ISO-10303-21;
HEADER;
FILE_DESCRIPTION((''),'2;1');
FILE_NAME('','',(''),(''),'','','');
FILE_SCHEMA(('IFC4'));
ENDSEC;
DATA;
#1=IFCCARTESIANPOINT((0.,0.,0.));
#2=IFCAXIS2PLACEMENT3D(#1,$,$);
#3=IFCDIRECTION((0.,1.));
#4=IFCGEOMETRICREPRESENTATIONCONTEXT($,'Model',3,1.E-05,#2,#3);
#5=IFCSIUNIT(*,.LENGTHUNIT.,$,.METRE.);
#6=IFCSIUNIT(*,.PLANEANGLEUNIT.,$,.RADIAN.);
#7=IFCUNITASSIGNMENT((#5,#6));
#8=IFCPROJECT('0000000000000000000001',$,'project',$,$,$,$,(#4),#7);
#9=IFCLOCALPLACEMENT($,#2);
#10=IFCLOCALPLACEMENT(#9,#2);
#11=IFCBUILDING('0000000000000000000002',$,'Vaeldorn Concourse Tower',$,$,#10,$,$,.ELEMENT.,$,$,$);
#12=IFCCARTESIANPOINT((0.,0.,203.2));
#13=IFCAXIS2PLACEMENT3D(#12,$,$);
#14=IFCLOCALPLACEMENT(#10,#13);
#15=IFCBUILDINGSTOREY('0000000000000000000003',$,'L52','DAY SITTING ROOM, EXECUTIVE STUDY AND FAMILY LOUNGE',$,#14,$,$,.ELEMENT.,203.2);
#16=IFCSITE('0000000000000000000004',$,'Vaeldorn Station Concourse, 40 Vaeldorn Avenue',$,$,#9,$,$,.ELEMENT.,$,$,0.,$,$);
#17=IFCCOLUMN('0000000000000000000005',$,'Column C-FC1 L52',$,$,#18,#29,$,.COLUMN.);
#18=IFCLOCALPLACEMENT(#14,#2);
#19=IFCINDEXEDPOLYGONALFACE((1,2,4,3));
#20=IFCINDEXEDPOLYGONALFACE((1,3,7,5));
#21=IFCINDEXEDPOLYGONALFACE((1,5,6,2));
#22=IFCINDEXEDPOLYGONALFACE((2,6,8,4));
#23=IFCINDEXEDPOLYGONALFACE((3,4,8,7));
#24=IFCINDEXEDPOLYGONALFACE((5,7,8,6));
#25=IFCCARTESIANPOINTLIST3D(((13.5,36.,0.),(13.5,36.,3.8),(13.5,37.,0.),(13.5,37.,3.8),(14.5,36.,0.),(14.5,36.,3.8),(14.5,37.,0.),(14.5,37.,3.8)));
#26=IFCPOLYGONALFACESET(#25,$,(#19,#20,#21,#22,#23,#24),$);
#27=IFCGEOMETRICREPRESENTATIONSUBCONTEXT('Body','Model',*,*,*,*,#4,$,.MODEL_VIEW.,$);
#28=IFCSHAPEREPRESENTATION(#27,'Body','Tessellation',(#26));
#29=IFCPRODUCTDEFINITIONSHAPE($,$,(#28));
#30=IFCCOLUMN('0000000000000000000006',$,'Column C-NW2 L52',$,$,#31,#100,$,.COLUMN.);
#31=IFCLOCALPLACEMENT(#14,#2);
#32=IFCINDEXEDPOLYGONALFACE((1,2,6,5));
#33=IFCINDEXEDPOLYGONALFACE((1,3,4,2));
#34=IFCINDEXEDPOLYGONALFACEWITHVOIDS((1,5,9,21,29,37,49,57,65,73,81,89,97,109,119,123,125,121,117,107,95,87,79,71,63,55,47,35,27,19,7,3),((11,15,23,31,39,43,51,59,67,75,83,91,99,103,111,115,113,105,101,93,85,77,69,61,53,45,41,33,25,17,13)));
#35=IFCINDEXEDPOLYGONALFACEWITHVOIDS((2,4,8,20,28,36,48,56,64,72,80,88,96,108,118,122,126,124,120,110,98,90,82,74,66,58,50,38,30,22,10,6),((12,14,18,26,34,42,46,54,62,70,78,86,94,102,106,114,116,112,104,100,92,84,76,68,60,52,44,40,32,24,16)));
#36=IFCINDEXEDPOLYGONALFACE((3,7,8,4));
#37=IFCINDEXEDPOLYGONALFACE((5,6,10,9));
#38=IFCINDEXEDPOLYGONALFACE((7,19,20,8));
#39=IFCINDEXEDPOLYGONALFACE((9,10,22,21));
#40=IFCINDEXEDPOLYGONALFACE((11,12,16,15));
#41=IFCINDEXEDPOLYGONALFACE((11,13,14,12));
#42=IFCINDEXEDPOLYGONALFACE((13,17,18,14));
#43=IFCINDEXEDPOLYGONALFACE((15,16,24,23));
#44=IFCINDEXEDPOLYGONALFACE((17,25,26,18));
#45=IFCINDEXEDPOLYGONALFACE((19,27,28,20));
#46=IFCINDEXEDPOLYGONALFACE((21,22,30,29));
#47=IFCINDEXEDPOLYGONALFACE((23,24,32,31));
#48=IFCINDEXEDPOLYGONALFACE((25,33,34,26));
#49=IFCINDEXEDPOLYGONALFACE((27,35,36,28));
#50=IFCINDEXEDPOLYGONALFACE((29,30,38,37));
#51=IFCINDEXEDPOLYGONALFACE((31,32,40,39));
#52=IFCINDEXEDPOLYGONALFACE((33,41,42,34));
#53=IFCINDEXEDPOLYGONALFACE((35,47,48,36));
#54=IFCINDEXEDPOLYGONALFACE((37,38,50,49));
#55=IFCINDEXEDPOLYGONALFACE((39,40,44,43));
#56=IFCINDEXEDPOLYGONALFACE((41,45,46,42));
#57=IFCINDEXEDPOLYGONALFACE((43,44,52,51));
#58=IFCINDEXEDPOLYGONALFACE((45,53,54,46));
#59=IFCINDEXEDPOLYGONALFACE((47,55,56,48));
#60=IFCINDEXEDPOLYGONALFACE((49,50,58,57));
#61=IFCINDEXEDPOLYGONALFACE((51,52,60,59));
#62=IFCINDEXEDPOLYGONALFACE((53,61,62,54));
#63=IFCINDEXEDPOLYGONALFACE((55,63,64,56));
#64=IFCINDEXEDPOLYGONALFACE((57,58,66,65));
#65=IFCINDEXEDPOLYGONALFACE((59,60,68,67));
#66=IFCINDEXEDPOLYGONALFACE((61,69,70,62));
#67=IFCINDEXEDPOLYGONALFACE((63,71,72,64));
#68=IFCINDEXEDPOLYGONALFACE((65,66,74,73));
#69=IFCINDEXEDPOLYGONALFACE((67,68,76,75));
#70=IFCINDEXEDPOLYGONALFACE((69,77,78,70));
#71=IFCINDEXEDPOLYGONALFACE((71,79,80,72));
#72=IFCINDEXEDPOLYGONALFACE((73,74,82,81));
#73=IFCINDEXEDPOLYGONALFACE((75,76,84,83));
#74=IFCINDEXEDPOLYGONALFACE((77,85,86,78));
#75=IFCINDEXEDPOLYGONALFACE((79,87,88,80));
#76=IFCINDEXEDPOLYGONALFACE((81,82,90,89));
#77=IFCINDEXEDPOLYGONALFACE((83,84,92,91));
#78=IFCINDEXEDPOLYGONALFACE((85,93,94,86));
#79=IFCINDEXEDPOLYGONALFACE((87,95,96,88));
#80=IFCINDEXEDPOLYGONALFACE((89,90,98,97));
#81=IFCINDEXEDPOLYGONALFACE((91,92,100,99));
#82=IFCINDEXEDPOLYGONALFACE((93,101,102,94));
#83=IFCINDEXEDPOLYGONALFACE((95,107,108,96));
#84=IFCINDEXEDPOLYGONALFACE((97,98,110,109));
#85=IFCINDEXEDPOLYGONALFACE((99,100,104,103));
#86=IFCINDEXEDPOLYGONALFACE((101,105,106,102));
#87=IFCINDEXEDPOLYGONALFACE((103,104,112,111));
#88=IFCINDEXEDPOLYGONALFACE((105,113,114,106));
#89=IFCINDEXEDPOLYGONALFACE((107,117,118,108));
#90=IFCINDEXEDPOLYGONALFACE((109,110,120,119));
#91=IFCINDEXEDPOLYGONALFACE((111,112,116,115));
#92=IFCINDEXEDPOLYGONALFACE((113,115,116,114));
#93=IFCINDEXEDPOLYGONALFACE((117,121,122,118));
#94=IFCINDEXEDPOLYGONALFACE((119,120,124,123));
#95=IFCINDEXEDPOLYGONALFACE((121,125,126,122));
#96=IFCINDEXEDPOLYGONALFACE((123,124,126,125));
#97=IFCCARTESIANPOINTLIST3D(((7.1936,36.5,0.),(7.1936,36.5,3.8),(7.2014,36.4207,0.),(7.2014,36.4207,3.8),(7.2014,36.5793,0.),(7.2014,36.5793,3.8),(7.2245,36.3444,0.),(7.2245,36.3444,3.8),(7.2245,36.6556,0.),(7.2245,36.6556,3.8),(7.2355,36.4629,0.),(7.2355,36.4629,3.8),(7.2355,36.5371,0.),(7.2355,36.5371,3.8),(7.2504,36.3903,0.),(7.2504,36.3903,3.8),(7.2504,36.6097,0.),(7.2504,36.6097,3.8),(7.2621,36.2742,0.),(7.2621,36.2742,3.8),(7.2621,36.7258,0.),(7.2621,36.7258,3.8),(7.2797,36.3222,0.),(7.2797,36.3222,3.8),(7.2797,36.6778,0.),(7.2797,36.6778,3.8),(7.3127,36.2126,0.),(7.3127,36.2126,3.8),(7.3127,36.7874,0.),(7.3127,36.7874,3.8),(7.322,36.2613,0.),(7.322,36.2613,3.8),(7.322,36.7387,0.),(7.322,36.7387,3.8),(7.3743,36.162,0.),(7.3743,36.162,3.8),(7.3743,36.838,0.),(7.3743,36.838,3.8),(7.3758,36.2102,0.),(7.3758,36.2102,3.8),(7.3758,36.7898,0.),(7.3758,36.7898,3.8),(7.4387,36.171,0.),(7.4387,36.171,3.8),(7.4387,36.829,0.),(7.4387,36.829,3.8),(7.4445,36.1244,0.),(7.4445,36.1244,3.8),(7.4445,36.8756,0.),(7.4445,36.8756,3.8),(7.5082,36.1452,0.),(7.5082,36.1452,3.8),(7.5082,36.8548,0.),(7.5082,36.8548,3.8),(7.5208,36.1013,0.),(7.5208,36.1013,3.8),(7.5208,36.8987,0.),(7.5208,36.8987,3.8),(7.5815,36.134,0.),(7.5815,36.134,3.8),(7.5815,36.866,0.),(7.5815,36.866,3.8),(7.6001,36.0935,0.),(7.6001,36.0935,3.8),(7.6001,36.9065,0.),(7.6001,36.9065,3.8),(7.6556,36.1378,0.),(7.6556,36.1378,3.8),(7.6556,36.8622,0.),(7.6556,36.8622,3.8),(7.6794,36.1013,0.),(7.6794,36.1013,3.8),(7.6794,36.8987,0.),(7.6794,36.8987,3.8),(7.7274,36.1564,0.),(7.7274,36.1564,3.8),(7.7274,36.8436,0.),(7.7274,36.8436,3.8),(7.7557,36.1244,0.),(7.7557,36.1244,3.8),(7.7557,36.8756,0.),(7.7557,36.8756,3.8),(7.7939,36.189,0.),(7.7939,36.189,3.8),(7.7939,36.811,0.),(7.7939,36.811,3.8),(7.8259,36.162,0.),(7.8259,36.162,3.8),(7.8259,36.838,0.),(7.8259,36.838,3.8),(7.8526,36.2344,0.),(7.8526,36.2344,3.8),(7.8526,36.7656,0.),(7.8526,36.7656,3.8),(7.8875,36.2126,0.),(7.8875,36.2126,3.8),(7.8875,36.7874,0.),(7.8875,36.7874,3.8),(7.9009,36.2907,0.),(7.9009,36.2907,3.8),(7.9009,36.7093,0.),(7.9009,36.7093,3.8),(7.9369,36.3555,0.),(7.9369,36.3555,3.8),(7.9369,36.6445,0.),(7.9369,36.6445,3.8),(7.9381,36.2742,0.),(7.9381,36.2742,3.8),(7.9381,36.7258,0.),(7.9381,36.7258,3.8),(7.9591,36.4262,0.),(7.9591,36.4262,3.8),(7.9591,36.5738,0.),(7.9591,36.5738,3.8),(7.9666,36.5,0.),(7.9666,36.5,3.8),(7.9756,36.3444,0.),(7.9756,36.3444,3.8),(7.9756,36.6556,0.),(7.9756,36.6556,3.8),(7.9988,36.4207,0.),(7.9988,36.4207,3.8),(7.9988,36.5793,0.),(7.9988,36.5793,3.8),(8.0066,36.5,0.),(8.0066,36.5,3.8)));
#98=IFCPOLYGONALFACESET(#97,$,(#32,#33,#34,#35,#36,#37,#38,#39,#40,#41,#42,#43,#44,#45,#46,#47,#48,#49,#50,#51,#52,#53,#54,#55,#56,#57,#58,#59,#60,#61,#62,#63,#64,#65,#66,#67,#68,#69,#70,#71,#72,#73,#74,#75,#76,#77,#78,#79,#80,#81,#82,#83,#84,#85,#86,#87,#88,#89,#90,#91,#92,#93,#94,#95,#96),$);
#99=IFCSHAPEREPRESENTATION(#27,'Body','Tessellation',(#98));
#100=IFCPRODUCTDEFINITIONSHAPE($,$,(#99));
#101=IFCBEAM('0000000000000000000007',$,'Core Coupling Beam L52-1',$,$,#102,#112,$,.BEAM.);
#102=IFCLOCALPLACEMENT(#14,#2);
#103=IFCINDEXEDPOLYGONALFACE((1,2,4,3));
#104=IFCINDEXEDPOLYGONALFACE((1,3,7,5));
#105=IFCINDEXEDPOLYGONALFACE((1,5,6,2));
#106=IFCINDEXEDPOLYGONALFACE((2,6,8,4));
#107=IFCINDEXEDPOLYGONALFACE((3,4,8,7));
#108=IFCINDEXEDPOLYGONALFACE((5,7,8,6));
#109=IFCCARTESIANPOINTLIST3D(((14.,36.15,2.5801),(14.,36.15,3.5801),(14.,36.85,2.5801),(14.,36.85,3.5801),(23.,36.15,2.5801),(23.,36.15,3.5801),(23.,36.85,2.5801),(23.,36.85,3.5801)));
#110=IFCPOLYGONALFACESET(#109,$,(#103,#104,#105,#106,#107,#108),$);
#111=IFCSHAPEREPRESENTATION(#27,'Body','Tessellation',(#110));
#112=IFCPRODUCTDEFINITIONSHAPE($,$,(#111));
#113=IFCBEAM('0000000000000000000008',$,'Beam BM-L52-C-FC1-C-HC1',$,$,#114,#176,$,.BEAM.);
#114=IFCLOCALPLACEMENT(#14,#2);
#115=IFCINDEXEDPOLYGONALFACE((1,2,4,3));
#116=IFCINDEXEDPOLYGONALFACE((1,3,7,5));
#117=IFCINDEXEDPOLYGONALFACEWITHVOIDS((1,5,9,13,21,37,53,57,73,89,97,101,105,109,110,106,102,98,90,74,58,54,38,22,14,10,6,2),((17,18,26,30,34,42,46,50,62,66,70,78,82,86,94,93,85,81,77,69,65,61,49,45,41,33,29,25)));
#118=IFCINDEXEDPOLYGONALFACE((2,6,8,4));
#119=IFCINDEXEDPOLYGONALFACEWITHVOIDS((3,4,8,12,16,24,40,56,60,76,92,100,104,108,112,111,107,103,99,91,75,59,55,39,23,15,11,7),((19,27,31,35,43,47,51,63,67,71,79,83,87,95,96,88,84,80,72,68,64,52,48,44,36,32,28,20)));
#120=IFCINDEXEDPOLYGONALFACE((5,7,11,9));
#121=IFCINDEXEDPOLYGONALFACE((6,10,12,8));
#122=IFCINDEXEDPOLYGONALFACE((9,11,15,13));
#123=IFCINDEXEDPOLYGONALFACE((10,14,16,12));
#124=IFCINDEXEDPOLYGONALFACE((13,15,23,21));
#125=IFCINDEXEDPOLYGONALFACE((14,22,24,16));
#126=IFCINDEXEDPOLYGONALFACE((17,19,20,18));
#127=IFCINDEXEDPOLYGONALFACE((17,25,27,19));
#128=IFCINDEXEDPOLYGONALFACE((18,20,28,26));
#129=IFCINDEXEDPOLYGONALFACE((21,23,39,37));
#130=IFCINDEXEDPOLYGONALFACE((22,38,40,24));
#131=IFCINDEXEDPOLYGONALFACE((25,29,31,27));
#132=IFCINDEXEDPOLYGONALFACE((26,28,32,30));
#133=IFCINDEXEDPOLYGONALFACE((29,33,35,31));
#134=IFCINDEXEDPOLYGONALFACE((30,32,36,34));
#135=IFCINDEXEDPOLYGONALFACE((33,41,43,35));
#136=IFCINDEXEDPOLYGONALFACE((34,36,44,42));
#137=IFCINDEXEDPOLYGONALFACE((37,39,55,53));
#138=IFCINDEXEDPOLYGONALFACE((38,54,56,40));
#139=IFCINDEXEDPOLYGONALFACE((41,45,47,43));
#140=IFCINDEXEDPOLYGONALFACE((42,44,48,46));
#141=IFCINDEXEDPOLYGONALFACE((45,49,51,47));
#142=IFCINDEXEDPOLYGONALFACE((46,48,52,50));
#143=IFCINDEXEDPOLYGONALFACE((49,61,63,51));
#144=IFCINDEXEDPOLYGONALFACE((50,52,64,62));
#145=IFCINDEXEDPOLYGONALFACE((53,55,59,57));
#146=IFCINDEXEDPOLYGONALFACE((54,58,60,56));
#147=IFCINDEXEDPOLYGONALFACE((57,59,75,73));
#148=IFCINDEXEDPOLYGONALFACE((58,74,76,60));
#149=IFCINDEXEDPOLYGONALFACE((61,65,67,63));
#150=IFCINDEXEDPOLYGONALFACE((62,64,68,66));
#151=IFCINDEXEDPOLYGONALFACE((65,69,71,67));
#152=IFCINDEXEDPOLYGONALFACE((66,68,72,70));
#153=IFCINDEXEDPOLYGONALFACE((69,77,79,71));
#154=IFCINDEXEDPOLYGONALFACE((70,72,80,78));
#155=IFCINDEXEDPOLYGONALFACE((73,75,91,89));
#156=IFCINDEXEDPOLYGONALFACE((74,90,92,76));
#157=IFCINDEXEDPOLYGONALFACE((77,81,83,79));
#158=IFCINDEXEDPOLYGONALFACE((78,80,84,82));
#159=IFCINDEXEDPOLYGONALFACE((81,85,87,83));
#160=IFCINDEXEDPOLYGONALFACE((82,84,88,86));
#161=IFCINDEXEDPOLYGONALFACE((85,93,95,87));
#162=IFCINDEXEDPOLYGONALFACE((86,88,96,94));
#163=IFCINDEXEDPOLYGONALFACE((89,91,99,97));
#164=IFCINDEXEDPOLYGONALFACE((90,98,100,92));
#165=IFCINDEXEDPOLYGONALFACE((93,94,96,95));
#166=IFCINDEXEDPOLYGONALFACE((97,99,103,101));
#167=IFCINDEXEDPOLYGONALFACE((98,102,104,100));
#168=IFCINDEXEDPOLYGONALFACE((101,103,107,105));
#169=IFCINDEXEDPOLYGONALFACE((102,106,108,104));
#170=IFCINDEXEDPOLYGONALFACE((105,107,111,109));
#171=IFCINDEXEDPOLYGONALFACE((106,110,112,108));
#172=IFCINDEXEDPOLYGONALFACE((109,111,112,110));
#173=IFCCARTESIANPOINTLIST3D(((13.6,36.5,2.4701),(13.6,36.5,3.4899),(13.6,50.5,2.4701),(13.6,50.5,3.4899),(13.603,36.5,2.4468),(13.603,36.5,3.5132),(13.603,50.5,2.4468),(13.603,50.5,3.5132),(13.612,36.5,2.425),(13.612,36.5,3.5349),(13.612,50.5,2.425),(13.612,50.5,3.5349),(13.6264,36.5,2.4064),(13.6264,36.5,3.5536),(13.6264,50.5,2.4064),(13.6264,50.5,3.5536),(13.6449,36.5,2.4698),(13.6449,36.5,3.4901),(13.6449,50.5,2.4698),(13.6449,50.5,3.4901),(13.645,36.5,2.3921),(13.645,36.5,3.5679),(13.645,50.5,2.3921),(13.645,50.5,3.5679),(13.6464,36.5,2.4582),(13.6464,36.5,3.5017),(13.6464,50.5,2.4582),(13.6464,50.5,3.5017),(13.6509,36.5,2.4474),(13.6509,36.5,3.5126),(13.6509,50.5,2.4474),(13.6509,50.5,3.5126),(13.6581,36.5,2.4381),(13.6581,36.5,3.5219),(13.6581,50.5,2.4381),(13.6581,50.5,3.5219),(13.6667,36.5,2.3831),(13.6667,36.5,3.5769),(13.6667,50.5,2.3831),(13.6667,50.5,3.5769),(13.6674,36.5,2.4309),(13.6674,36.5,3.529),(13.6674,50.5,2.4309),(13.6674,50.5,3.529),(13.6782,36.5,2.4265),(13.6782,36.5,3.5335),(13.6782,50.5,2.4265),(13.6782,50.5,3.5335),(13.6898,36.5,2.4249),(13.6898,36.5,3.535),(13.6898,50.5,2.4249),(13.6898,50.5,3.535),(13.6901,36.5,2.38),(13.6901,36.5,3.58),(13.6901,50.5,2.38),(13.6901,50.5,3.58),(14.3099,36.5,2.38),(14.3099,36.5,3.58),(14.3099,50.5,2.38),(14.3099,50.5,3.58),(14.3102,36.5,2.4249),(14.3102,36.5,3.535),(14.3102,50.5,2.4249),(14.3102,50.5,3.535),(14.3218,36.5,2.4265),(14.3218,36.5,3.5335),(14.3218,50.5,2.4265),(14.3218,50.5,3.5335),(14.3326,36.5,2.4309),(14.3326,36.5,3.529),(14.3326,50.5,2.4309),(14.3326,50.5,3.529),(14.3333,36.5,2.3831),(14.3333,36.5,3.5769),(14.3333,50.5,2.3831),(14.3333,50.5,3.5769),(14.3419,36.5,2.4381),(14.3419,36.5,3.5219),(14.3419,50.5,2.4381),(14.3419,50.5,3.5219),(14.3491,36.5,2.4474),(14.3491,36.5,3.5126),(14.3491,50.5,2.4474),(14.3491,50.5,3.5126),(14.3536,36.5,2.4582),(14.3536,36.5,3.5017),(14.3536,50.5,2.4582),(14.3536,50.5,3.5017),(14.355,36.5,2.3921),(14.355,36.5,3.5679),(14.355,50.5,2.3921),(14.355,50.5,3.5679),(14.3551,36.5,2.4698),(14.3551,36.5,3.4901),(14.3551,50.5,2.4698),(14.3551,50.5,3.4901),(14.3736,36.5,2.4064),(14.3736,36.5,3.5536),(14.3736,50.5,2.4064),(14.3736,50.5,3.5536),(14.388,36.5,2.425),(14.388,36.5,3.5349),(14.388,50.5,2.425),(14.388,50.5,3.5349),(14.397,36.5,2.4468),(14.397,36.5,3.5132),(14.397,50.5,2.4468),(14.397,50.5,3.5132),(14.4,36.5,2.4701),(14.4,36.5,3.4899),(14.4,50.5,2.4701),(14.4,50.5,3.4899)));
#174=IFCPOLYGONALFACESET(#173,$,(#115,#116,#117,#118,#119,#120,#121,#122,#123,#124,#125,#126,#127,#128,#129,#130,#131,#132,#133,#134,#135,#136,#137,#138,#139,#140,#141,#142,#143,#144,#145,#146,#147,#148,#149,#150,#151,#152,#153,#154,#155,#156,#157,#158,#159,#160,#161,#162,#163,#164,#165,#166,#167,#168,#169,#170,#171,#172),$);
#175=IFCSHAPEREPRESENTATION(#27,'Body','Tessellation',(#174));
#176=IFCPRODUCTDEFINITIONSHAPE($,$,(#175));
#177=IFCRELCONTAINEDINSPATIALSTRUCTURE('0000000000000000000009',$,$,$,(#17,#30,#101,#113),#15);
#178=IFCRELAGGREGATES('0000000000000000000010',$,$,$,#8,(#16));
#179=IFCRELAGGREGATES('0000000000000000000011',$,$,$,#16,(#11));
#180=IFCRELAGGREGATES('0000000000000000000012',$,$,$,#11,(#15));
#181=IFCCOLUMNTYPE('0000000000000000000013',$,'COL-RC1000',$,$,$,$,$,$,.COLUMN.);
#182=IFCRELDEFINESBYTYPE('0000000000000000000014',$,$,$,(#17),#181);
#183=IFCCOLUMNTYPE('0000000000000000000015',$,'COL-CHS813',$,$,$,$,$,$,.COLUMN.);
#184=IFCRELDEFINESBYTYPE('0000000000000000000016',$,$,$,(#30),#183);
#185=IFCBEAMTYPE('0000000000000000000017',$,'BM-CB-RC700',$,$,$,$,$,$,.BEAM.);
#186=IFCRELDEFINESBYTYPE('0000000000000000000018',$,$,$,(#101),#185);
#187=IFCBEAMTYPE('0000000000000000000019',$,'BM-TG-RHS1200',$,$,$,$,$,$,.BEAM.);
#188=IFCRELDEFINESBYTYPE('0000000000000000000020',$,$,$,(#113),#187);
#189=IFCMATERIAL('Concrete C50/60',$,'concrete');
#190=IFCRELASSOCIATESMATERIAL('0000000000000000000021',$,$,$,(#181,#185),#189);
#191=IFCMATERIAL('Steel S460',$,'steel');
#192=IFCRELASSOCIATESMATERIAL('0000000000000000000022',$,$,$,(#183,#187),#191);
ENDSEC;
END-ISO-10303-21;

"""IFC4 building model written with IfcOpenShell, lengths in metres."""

from ifc_helpers import new_model, si_unit, direction, frame, origin, origin_2d, place, context, subcontext, project, spatial, rectangle, hollow_rectangle, hollow_circle, extrude, source, transform, mapped, material, material_profile, profile_set, type_object, element, save


model = new_model("IFC4")

# Units and contexts
model_context = context("Model", 3, precision=1e-05, world=origin(), true_north=direction((0.0, 1.0)))
body_context = subcontext(model_context, "Body", "Model", "MODEL_VIEW")
ifc_project = project(units=[si_unit("LENGTHUNIT", "METRE"), si_unit("PLANEANGLEUNIT", "RADIAN")], contexts=[model_context])

# Site, building, storey
site_placement = place(None, origin())
site = spatial("IfcSite", under=ifc_project, at=site_placement, Name="Vaeldorn Station Concourse, 40 Vaeldorn Avenue", CompositionType="ELEMENT", RefElevation=0.0)
building_placement = place(site_placement, origin())
building = spatial("IfcBuilding", under=site, at=building_placement, Name="Vaeldorn Concourse Tower", CompositionType="ELEMENT")
storey_placement = place(building_placement, frame((0.0, 0.0, 203.2)))
storey = spatial("IfcBuildingStorey", under=building, at=storey_placement, Name="L52", Description="DAY SITTING ROOM, EXECUTIVE STUDY AND FAMILY LOUNGE", CompositionType="ELEMENT", Elevation=203.2)

# Columns
ifc_material_1 = material(Name="Concrete C50/60", Category="concrete")
ifc_material_profile_1 = material_profile(ifc_material_1, rectangle(XDim=1.0, YDim=1.0, at=origin_2d()), Name="RC 1000x1000")
ifc_profile_set_1 = profile_set([ifc_material_profile_1], Name="Concrete C50/60")
column_type_1 = type_object("IfcColumnType", Name="COL-RC1000", PredefinedType="COLUMN", material=ifc_profile_set_1)
shared_shape_1 = source(origin(), body_context, "Body", "SweptSolid", [
    extrude(rectangle(XDim=1.0, YDim=1.0, at=origin_2d()), origin(), (0.0, 0.0, 1.0), 3.8),
])
column_1_placement = place(storey_placement, frame((14.0, 36.5, 0.0), z_axis=(0.0, 0.0, 1.0), x_axis=(1.0, 0.0, 0.0)))
element("IfcColumn", 1, at=column_1_placement, inside=storey, type_object=column_type_1, Name="Column C-FC1 L52", PredefinedType="COLUMN", context=body_context, shape_type="MappedRepresentation", body=[
    mapped(shared_shape_1, transform((0.0, 0.0, 0.0), scale=1.0)),
])
ifc_material_2 = material(Name="Steel S460", Category="steel")
ifc_material_profile_2 = material_profile(ifc_material_2, hollow_circle(Radius=0.4065, WallThickness=0.04, at=origin_2d()), Name="CHS 813x40")
ifc_profile_set_2 = profile_set([ifc_material_profile_2], Name="Steel S460")
column_type_2 = type_object("IfcColumnType", Name="COL-CHS813", PredefinedType="COLUMN", material=ifc_profile_set_2)
shared_shape_2 = source(origin(), body_context, "Body", "SweptSolid", [
    extrude(hollow_circle(Radius=0.4065, WallThickness=0.04, at=origin_2d()), origin(), (0.0, 0.0, 1.0), 3.8),
])
column_2_placement = place(storey_placement, frame((7.6001, 36.5, 0.0), z_axis=(0.0, 0.0, 1.0), x_axis=(1.0, 0.0, 0.0)))
element("IfcColumn", 2, at=column_2_placement, inside=storey, type_object=column_type_2, Name="Column C-NW2 L52", PredefinedType="COLUMN", context=body_context, shape_type="MappedRepresentation", body=[
    mapped(shared_shape_2, transform((0.0, 0.0, 0.0), scale=1.0)),
])

# Beams
ifc_material_profile_3 = material_profile(ifc_material_1, rectangle(XDim=0.7, YDim=1.0, at=origin_2d()), Name="RC 700x1000")
ifc_profile_set_3 = profile_set([ifc_material_profile_3], Name="Concrete C50/60")
beam_type_1 = type_object("IfcBeamType", Name="BM-CB-RC700", PredefinedType="BEAM", material=ifc_profile_set_3)
shared_shape_3 = source(origin(), body_context, "Body", "SweptSolid", [
    extrude(rectangle(XDim=0.7, YDim=1.0, at=origin_2d()), origin(), (0.0, 0.0, 1.0), 9.0),
])
beam_1_placement = place(storey_placement, frame((14.0, 36.5, 3.0801), z_axis=(1.0, 0.0, 0.0), x_axis=(0.0, 1.0, 0.0)))
element("IfcBeam", 3, at=beam_1_placement, inside=storey, type_object=beam_type_1, Name="Core Coupling Beam L52-1", PredefinedType="BEAM", context=body_context, shape_type="MappedRepresentation", body=[
    mapped(shared_shape_3, transform((0.0, 0.0, 0.0), scale=1.0)),
])
ifc_material_profile_4 = material_profile(ifc_material_2, hollow_rectangle(XDim=0.8, YDim=1.2, WallThickness=0.0449, InnerFilletRadius=0.0449, OuterFilletRadius=0.0901, at=origin_2d()), Name="RHS 1200x800x45")
ifc_profile_set_4 = profile_set([ifc_material_profile_4], Name="Steel S460")
beam_type_2 = type_object("IfcBeamType", Name="BM-TG-RHS1200", PredefinedType="BEAM", material=ifc_profile_set_4)
shared_shape_4 = source(origin(), body_context, "Body", "SweptSolid", [
    extrude(hollow_rectangle(XDim=0.8, YDim=1.2, WallThickness=0.0449, InnerFilletRadius=0.0449, OuterFilletRadius=0.0901, at=origin_2d()), origin(), (0.0, 0.0, 1.0), 14.0),
])
beam_2_placement = place(storey_placement, frame((14.0, 36.5, 2.98), z_axis=(0.0, 1.0, 0.0), x_axis=(-1.0, 0.0, 0.0)))
element("IfcBeam", 4, at=beam_2_placement, inside=storey, type_object=beam_type_2, Name="Beam BM-L52-C-FC1-C-HC1", PredefinedType="BEAM", context=body_context, shape_type="MappedRepresentation", body=[
    mapped(shared_shape_4, transform((0.0, 0.0, 0.0), scale=1.0)),
])

save(model, "model.ifc")
